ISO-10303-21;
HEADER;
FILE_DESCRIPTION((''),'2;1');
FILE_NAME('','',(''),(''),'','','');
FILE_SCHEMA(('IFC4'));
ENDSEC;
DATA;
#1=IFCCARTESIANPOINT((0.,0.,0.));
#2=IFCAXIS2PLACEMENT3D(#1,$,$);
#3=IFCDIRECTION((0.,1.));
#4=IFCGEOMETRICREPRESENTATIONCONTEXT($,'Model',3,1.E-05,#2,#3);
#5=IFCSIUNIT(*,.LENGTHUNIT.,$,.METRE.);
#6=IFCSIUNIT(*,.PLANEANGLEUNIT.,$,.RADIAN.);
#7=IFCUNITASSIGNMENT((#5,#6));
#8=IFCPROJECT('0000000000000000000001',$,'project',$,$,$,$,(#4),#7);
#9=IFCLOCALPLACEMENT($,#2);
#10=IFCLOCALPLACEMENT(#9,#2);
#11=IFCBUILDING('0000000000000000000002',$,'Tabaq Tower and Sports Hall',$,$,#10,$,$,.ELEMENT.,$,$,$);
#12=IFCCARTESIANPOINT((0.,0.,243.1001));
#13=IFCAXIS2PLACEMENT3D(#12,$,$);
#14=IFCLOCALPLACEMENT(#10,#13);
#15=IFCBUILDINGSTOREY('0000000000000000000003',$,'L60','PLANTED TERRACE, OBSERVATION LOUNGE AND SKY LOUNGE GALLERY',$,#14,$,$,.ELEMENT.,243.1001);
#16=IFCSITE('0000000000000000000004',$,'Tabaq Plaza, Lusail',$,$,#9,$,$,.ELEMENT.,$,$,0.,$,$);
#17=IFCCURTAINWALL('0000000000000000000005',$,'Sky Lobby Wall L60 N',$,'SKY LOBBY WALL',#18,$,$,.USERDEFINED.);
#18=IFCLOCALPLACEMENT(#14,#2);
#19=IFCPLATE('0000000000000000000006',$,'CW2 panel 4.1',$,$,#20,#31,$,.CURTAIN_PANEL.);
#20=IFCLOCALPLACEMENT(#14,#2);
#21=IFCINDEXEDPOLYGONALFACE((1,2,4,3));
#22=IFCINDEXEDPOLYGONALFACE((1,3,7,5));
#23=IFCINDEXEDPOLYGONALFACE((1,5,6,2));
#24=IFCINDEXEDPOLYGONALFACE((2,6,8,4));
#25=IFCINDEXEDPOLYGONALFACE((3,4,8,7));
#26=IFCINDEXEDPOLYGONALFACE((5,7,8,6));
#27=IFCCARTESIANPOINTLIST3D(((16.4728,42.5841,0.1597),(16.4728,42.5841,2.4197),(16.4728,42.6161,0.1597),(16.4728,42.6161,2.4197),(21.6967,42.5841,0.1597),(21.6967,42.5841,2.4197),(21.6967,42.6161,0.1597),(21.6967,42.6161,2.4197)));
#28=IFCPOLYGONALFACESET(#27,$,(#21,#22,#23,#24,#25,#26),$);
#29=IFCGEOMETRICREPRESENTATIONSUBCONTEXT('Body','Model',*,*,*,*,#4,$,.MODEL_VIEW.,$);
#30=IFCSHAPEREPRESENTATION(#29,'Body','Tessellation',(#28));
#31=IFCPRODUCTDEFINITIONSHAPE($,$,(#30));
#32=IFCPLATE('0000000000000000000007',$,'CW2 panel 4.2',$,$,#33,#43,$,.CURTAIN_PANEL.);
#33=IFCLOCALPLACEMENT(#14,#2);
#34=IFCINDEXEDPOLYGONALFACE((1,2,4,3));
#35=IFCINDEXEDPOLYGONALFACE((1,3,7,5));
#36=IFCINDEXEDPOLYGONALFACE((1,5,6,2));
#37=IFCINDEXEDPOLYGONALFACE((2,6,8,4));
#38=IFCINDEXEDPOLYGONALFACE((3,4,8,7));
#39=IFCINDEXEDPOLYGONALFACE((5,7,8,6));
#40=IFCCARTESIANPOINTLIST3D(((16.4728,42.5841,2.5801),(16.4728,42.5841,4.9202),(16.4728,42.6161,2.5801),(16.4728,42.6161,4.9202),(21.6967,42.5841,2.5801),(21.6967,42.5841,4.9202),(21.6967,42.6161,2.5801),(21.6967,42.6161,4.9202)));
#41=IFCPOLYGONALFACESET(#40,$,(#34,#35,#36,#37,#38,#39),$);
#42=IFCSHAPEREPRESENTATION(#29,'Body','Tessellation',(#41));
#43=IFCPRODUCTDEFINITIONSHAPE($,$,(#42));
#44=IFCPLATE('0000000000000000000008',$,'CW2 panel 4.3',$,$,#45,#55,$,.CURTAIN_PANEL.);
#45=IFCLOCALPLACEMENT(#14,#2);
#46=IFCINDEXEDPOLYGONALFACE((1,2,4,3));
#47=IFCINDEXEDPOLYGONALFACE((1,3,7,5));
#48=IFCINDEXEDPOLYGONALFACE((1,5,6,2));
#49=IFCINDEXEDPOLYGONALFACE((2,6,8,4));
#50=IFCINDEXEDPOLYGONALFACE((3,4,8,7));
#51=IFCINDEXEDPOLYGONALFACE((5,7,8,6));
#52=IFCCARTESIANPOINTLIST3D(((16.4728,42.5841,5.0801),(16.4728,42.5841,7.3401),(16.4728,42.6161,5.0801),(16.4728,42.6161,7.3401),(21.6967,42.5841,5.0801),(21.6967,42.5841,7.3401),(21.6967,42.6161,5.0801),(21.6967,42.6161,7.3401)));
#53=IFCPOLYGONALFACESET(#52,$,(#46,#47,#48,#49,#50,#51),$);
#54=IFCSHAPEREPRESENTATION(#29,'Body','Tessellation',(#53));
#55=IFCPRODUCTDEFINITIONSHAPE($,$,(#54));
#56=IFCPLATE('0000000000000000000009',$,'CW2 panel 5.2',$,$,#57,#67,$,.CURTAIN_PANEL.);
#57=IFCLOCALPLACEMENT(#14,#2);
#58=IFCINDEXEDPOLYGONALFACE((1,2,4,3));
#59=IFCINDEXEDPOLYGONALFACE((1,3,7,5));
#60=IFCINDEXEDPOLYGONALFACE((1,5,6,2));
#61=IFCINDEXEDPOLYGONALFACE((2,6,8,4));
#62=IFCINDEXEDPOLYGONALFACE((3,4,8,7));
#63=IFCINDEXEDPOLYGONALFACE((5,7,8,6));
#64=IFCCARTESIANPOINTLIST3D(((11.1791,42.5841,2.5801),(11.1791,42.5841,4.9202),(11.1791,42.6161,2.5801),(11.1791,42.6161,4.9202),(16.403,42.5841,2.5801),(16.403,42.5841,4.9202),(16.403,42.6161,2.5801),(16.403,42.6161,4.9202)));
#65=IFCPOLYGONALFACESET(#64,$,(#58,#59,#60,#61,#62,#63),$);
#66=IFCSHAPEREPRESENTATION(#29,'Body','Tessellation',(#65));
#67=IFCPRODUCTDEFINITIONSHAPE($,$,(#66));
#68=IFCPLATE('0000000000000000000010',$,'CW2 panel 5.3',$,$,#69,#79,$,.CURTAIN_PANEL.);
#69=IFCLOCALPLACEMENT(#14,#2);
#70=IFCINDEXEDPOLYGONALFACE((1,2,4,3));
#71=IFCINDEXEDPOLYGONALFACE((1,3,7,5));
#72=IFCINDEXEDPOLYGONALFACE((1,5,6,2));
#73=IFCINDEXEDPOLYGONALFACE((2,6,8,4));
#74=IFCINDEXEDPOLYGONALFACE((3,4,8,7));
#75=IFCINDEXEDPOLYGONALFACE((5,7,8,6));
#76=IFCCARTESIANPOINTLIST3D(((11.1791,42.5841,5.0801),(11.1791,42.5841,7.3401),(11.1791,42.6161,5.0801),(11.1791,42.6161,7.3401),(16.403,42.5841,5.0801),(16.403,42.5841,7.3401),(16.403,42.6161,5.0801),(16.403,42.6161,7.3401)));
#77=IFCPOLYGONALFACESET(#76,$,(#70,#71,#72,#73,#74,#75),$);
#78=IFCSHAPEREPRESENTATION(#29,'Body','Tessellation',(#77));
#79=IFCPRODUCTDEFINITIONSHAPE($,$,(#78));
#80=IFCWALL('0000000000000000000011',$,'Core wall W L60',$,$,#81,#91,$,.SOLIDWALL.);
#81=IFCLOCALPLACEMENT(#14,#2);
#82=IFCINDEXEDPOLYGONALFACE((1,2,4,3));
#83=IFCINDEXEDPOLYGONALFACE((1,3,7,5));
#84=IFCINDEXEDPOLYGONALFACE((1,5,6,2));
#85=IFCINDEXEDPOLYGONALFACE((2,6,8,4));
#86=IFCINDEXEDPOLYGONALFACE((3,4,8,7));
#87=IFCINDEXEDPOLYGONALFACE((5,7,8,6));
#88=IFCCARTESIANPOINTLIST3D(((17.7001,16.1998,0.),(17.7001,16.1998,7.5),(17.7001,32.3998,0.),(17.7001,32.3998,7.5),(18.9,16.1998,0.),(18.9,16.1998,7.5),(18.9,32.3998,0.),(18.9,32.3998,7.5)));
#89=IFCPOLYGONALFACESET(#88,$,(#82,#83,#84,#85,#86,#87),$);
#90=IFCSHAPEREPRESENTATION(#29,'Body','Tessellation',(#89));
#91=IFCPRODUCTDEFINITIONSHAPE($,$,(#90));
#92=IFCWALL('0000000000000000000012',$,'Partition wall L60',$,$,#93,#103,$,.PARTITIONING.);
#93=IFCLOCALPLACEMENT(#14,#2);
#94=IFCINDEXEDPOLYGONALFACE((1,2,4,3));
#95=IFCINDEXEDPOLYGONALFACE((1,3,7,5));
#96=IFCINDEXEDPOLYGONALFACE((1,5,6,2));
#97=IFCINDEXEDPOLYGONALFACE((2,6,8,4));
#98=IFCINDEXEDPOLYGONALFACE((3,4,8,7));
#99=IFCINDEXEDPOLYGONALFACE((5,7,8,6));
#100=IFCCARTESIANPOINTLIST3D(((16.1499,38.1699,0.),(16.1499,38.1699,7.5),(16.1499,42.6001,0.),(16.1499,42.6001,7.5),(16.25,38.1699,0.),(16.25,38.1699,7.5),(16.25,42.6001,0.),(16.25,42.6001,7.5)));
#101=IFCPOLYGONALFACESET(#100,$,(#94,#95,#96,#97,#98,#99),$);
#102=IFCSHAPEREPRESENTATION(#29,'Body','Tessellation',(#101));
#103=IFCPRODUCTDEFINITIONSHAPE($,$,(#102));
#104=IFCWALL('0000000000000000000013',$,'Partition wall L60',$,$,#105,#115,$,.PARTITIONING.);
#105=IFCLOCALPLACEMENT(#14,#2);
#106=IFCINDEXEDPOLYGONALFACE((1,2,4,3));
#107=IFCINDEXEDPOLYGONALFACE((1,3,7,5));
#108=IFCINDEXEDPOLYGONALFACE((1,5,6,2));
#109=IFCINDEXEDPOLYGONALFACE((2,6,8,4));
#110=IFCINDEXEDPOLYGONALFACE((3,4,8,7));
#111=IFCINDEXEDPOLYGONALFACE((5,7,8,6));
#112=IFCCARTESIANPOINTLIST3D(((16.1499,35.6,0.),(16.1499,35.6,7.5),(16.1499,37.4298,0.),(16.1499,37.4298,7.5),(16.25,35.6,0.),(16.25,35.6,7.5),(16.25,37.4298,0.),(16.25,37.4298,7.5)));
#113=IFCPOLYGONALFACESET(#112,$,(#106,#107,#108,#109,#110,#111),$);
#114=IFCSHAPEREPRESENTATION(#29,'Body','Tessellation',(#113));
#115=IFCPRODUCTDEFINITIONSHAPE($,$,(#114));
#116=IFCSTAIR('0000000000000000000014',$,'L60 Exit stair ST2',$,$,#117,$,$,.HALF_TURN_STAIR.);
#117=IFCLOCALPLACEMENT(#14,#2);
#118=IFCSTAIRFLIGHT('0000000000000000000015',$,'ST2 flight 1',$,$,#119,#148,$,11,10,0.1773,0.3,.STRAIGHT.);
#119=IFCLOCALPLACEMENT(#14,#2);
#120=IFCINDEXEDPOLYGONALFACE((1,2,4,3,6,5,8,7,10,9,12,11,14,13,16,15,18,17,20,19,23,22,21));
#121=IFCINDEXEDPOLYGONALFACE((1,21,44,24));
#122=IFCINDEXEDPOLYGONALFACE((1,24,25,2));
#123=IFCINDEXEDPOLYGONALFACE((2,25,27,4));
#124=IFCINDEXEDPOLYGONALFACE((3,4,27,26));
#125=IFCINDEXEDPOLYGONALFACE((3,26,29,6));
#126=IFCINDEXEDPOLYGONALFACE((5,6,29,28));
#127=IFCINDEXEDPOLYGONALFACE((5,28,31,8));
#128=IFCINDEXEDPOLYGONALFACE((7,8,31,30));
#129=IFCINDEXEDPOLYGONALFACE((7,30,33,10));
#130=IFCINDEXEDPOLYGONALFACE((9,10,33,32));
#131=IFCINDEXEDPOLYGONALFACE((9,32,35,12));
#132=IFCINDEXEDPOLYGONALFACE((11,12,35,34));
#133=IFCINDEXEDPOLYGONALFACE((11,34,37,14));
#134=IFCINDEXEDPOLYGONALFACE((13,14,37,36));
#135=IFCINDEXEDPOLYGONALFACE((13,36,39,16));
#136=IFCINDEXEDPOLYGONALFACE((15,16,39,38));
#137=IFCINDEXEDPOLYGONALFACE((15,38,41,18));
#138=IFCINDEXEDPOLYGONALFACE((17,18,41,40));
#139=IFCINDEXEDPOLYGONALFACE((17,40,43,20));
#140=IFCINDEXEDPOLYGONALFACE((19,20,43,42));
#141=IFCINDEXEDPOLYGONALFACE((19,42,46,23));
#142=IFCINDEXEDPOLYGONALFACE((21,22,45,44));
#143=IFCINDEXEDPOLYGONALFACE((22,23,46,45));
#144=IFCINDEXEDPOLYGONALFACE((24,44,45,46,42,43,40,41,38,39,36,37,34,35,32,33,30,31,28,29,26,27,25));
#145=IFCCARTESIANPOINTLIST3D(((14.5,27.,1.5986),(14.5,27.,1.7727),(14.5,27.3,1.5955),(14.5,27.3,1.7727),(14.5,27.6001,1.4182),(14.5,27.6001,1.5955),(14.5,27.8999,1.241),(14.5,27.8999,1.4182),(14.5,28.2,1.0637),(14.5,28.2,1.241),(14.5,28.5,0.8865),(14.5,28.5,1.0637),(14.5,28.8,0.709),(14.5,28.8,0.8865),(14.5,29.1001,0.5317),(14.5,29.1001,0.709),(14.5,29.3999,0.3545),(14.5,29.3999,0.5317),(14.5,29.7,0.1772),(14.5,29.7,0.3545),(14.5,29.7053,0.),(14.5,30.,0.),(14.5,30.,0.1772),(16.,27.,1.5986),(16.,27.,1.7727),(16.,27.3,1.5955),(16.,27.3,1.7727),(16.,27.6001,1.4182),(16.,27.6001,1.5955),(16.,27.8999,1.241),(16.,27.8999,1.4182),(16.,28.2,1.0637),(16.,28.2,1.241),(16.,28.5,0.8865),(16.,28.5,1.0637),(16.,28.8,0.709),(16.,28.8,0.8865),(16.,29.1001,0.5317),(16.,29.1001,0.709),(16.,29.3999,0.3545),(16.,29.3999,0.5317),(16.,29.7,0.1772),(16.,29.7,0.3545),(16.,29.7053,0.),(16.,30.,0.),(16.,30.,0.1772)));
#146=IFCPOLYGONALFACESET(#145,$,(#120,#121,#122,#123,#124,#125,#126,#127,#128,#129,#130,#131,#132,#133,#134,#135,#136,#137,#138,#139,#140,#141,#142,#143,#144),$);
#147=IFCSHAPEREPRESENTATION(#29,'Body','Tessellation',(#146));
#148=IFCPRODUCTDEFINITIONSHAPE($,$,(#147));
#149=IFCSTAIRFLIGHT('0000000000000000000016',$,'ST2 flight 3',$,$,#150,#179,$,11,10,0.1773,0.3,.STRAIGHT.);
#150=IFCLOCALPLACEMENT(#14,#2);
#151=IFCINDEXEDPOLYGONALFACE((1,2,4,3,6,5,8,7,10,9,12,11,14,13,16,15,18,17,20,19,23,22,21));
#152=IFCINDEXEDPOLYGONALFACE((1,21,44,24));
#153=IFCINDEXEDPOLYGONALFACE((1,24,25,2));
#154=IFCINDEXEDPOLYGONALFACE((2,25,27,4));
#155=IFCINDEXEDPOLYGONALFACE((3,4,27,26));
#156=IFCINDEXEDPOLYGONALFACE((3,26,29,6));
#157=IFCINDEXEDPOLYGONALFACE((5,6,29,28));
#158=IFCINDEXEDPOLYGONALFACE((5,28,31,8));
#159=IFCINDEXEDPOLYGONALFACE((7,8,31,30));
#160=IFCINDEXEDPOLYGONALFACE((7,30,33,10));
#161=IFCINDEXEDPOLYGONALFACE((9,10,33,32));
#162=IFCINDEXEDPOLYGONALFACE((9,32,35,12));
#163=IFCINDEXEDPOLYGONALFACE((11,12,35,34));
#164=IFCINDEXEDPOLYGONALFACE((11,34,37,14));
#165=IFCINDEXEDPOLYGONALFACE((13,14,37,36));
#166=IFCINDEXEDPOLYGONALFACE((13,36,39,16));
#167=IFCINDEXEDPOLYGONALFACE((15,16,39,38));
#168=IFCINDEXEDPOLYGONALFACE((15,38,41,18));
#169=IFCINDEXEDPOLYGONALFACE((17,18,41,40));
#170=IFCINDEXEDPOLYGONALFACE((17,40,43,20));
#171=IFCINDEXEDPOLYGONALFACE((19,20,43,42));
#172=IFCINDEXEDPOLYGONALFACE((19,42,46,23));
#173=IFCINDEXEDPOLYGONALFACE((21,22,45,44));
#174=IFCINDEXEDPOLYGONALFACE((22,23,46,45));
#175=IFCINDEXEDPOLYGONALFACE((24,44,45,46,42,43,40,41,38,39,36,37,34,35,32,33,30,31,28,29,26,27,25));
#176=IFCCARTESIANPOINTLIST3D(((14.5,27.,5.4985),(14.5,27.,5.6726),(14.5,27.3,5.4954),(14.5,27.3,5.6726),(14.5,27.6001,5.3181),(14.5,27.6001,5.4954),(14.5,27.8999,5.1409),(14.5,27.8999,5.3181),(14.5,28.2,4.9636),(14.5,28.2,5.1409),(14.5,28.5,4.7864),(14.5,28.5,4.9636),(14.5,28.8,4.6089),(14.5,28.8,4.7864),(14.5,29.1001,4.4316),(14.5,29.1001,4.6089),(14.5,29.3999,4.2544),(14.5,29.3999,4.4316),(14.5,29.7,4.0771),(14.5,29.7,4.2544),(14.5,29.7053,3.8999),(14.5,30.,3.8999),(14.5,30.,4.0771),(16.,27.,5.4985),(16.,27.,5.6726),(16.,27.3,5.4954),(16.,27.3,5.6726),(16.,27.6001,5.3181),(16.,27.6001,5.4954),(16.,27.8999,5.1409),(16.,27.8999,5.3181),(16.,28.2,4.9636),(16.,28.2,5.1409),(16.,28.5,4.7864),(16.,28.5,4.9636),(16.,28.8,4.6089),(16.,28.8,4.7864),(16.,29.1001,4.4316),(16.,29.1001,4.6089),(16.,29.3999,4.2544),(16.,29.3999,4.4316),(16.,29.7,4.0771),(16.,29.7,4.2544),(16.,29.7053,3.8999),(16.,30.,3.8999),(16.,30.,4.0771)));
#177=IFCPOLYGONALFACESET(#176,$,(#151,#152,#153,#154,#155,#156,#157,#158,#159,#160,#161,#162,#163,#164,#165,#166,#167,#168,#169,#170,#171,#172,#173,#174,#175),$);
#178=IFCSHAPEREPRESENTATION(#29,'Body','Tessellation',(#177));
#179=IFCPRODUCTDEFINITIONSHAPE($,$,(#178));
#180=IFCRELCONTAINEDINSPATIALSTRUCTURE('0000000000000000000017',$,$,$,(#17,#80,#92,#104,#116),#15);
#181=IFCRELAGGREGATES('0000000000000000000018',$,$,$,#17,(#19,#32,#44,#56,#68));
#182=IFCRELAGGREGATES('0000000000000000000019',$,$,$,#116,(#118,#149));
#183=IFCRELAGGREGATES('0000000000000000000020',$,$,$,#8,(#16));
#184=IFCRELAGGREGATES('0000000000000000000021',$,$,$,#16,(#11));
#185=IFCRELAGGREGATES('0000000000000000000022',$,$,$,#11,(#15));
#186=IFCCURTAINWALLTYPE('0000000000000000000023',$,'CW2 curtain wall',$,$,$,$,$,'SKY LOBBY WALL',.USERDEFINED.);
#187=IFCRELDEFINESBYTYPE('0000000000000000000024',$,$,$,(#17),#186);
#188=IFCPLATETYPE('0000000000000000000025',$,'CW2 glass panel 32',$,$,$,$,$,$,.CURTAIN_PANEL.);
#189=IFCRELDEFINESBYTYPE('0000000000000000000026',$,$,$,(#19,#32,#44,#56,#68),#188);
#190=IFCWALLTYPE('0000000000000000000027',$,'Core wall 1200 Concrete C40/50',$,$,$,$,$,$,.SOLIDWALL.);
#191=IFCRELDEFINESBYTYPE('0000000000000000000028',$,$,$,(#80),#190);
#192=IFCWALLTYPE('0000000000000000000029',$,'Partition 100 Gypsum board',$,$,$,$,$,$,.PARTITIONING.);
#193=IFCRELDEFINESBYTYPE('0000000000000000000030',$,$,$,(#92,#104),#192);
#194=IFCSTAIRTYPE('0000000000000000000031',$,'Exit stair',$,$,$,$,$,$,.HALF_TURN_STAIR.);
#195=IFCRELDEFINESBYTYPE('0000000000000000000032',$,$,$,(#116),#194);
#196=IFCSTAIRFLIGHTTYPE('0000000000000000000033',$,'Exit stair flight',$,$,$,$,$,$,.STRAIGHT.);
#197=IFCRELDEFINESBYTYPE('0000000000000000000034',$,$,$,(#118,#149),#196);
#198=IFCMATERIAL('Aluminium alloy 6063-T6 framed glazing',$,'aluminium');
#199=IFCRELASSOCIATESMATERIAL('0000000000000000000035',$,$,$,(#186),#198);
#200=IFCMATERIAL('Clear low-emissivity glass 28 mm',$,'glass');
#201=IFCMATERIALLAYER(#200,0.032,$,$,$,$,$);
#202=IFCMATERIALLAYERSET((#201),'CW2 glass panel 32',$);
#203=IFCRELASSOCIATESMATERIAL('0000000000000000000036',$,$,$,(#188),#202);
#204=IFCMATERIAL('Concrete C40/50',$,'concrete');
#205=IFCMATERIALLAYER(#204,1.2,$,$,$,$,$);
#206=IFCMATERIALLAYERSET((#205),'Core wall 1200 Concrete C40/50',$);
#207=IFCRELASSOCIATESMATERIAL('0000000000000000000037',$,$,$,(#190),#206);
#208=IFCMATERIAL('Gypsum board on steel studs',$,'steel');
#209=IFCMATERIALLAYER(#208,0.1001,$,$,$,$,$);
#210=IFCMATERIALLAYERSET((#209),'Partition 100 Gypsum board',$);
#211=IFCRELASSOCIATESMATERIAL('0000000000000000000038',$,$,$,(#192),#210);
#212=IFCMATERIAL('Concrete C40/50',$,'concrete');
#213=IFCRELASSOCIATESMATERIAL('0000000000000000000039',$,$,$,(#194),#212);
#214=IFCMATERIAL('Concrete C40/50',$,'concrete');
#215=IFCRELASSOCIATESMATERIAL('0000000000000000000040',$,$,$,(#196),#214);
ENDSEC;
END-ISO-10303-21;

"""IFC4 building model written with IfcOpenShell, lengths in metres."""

from ifc_helpers import new_model, si_unit, direction, frame, frame_2d, origin, origin_2d, place, context, subcontext, project, spatial, polyline, rectangle, outline, extrude, material, layer, layer_set, type_object, element, aggregate, save


model = new_model("IFC4")

# Units and contexts
model_context = context("Model", 3, precision=1e-05, world=origin(), true_north=direction((0.0, 1.0)))
body_context = subcontext(model_context, "Body", "Model", "MODEL_VIEW")
ifc_project = project(units=[si_unit("LENGTHUNIT", "METRE"), si_unit("PLANEANGLEUNIT", "RADIAN")], contexts=[model_context])

# Site, building, storey
site_placement = place(None, origin())
site = spatial("IfcSite", under=ifc_project, at=site_placement, Name="Tabaq Plaza, Lusail", CompositionType="ELEMENT", RefElevation=0.0)
building_placement = place(site_placement, origin())
building = spatial("IfcBuilding", under=site, at=building_placement, Name="Tabaq Tower and Sports Hall", CompositionType="ELEMENT")
storey_placement = place(building_placement, frame((0.0, 0.0, 243.1001)))
storey = spatial("IfcBuildingStorey", under=building, at=storey_placement, Name="L60", Description="PLANTED TERRACE, OBSERVATION LOUNGE AND SKY LOUNGE GALLERY", CompositionType="ELEMENT", Elevation=243.1001)

# Curtain wall
ifc_material_1 = material(Name="Aluminium alloy 6063-T6 framed glazing", Category="aluminium")
curtain_wall_type_1 = type_object("IfcCurtainWallType", Name="CW2 curtain wall", ElementType="SKY LOBBY WALL", PredefinedType="USERDEFINED", material=ifc_material_1)
curtain_wall_1_placement = place(storey_placement, origin())
curtain_wall_1 = element("IfcCurtainWall", 1, at=curtain_wall_1_placement, inside=storey, type_object=curtain_wall_type_1, Name="Sky Lobby Wall L60 N", ObjectType="SKY LOBBY WALL", PredefinedType="USERDEFINED")

# Plates
ifc_material_2 = material(Name="Clear low-emissivity glass 28 mm", Category="glass")
ifc_layer_1 = layer(ifc_material_2, 0.032)
ifc_layer_set_1 = layer_set([ifc_layer_1], Name="CW2 glass panel 32")
plate_type = type_object("IfcPlateType", Name="CW2 glass panel 32", PredefinedType="CURTAIN_PANEL", material=ifc_layer_set_1)
plate_1_placement = place(storey_placement, frame((19.0847, 42.6001, 0.1597), z_axis=(0.0, 0.0, 1.0), x_axis=(-1.0, 0.0, 0.0)))
plate_1 = element("IfcPlate", 2, at=plate_1_placement, type_object=plate_type, Name="CW2 panel 4.1", PredefinedType="CURTAIN_PANEL", context=body_context, shape_type="SweptSolid", body=[
    extrude(rectangle(XDim=5.2239, YDim=0.032, at=origin_2d()), origin(), (0.0, 0.0, 1.0), 2.26),
])
plate_2_placement = place(storey_placement, frame((19.0847, 42.6001, 2.5801), z_axis=(0.0, 0.0, 1.0), x_axis=(-1.0, 0.0, 0.0)))
plate_2 = element("IfcPlate", 3, at=plate_2_placement, type_object=plate_type, Name="CW2 panel 4.2", PredefinedType="CURTAIN_PANEL", context=body_context, shape_type="SweptSolid", body=[
    extrude(rectangle(XDim=5.2239, YDim=0.032, at=origin_2d()), origin(), (0.0, 0.0, 1.0), 2.3401),
])
plate_3_placement = place(storey_placement, frame((19.0847, 42.6001, 5.0801), z_axis=(0.0, 0.0, 1.0), x_axis=(-1.0, 0.0, 0.0)))
plate_3 = element("IfcPlate", 4, at=plate_3_placement, type_object=plate_type, Name="CW2 panel 4.3", PredefinedType="CURTAIN_PANEL", context=body_context, shape_type="SweptSolid", body=[
    extrude(rectangle(XDim=5.2239, YDim=0.032, at=origin_2d()), origin(), (0.0, 0.0, 1.0), 2.26),
])
plate_4_placement = place(storey_placement, frame((13.791, 42.6001, 2.5801), z_axis=(0.0, 0.0, 1.0), x_axis=(-1.0, 0.0, 0.0)))
plate_4 = element("IfcPlate", 5, at=plate_4_placement, type_object=plate_type, Name="CW2 panel 5.2", PredefinedType="CURTAIN_PANEL", context=body_context, shape_type="SweptSolid", body=[
    extrude(rectangle(XDim=5.2239, YDim=0.032, at=origin_2d()), origin(), (0.0, 0.0, 1.0), 2.3401),
])
plate_5_placement = place(storey_placement, frame((13.791, 42.6001, 5.0801), z_axis=(0.0, 0.0, 1.0), x_axis=(-1.0, 0.0, 0.0)))
plate_5 = element("IfcPlate", 6, at=plate_5_placement, type_object=plate_type, Name="CW2 panel 5.3", PredefinedType="CURTAIN_PANEL", context=body_context, shape_type="SweptSolid", body=[
    extrude(rectangle(XDim=5.2239, YDim=0.032, at=origin_2d()), origin(), (0.0, 0.0, 1.0), 2.26),
])
aggregate(curtain_wall_1, [plate_1, plate_2, plate_3, plate_4, plate_5])

# Walls
ifc_material_3 = material(Name="Concrete C40/50", Category="concrete")
ifc_layer_2 = layer(ifc_material_3, 1.2)
ifc_layer_set_2 = layer_set([ifc_layer_2], Name="Core wall 1200 Concrete C40/50")
wall_type_1 = type_object("IfcWallType", Name="Core wall 1200 Concrete C40/50", PredefinedType="SOLIDWALL", material=ifc_layer_set_2)
wall_1_placement = place(storey_placement, frame((18.3, 32.3999, 0.0), z_axis=(0.0, 0.0, 1.0), x_axis=(0.0, -1.0, 0.0)))
element("IfcWall", 7, at=wall_1_placement, inside=storey, type_object=wall_type_1, Name="Core wall W L60", PredefinedType="SOLIDWALL", context=body_context, shape_type="SweptSolid", body=[
    extrude(rectangle(XDim=16.2, YDim=1.2, at=frame_2d((8.1001, 0.0))), origin(), (0.0, 0.0, 1.0), 7.5),
])
ifc_material_4 = material(Name="Gypsum board on steel studs", Category="steel")
ifc_layer_3 = layer(ifc_material_4, 0.1001)
ifc_layer_set_3 = layer_set([ifc_layer_3], Name="Partition 100 Gypsum board")
wall_type_2 = type_object("IfcWallType", Name="Partition 100 Gypsum board", PredefinedType="PARTITIONING", material=ifc_layer_set_3)
wall_2_placement = place(storey_placement, frame((16.2, 42.6001, 0.0), z_axis=(0.0, 0.0, 1.0), x_axis=(0.0, -1.0, 0.0)))
element("IfcWall", 8, at=wall_2_placement, inside=storey, type_object=wall_type_2, Name="Partition wall L60", PredefinedType="PARTITIONING", context=body_context, shape_type="SweptSolid", body=[
    extrude(rectangle(XDim=4.4302, YDim=0.1001, at=frame_2d((2.2151, 0.0))), origin(), (0.0, 0.0, 1.0), 7.5),
])
wall_3_placement = place(storey_placement, frame((16.2, 37.4299, 0.0), z_axis=(0.0, 0.0, 1.0), x_axis=(0.0, -1.0, 0.0)))
element("IfcWall", 9, at=wall_3_placement, inside=storey, type_object=wall_type_2, Name="Partition wall L60", PredefinedType="PARTITIONING", context=body_context, shape_type="SweptSolid", body=[
    extrude(rectangle(XDim=1.8298, YDim=0.1001, at=frame_2d((0.915, 0.0))), origin(), (0.0, 0.0, 1.0), 7.5),
])

# Stair, stair flights
ifc_material_5 = material(Name="Concrete C40/50", Category="concrete")
stair_type = type_object("IfcStairType", Name="Exit stair", PredefinedType="HALF_TURN_STAIR", material=ifc_material_5)
stair_placement = place(storey_placement, origin())
stair = element("IfcStair", 10, at=stair_placement, inside=storey, type_object=stair_type, Name="L60 Exit stair ST2", PredefinedType="HALF_TURN_STAIR")
ifc_material_6 = material(Name="Concrete C40/50", Category="concrete")
stair_flight_type = type_object("IfcStairFlightType", Name="Exit stair flight", PredefinedType="STRAIGHT", material=ifc_material_6)
stair_flight_1_placement = place(storey_placement, frame((15.25, 30.0, 0.0), z_axis=(0.0, 0.0, 1.0), x_axis=(0.0, -1.0, 0.0)))
stair_flight_1 = element("IfcStairFlight", 11, at=stair_flight_1_placement, type_object=stair_flight_type, Name="ST2 flight 1", NumberOfRisers=11, NumberOfTreads=10, PredefinedType="STRAIGHT", RiserHeight=0.1773, TreadLength=0.3, context=body_context, shape_type="SweptSolid", body=[
    extrude(outline(polyline([(0.0, 0.0), (0.0, 0.1772), (0.3, 0.1772), (0.3, 0.3545), (0.6001, 0.3545), (0.6001, 0.5317), (0.8999, 0.5317), (0.8999, 0.709), (1.2, 0.709), (1.2, 0.8865), (1.5, 0.8865), (1.5, 1.0637), (1.8, 1.0637), (1.8, 1.241), (2.1001, 1.241), (2.1001, 1.4182), (2.3999, 1.4182), (2.3999, 1.5955), (2.7, 1.5955), (2.7, 1.7727), (3.0, 1.7727), (3.0, 1.95), (3.0, 1.5986), (0.2947, 0.0), (0.0, 0.0)])), frame((0.0, 0.75, 0.0), z_axis=(0.0, -1.0, 0.0), x_axis=(1.0, 0.0, 0.0)), (0.0, 0.0, 1.0), 1.5),
])
stair_flight_2_placement = place(storey_placement, frame((15.25, 30.0, 3.8999), z_axis=(0.0, 0.0, 1.0), x_axis=(0.0, -1.0, 0.0)))
stair_flight_2 = element("IfcStairFlight", 12, at=stair_flight_2_placement, type_object=stair_flight_type, Name="ST2 flight 3", NumberOfRisers=11, NumberOfTreads=10, PredefinedType="STRAIGHT", RiserHeight=0.1773, TreadLength=0.3, context=body_context, shape_type="SweptSolid", body=[
    extrude(outline(polyline([(0.0, 0.0), (0.0, 0.1772), (0.3, 0.1772), (0.3, 0.3545), (0.6001, 0.3545), (0.6001, 0.5317), (0.8999, 0.5317), (0.8999, 0.709), (1.2, 0.709), (1.2, 0.8865), (1.5, 0.8865), (1.5, 1.0637), (1.8, 1.0637), (1.8, 1.241), (2.1001, 1.241), (2.1001, 1.4182), (2.3999, 1.4182), (2.3999, 1.5955), (2.7, 1.5955), (2.7, 1.7727), (3.0, 1.7727), (3.0, 1.95), (3.0, 1.5986), (0.2947, 0.0), (0.0, 0.0)])), frame((0.0, 0.75, 0.0), z_axis=(0.0, -1.0, 0.0), x_axis=(1.0, 0.0, 0.0)), (0.0, 0.0, 1.0), 1.5),
])
aggregate(stair, [stair_flight_1, stair_flight_2])

save(model, "model.ifc")
